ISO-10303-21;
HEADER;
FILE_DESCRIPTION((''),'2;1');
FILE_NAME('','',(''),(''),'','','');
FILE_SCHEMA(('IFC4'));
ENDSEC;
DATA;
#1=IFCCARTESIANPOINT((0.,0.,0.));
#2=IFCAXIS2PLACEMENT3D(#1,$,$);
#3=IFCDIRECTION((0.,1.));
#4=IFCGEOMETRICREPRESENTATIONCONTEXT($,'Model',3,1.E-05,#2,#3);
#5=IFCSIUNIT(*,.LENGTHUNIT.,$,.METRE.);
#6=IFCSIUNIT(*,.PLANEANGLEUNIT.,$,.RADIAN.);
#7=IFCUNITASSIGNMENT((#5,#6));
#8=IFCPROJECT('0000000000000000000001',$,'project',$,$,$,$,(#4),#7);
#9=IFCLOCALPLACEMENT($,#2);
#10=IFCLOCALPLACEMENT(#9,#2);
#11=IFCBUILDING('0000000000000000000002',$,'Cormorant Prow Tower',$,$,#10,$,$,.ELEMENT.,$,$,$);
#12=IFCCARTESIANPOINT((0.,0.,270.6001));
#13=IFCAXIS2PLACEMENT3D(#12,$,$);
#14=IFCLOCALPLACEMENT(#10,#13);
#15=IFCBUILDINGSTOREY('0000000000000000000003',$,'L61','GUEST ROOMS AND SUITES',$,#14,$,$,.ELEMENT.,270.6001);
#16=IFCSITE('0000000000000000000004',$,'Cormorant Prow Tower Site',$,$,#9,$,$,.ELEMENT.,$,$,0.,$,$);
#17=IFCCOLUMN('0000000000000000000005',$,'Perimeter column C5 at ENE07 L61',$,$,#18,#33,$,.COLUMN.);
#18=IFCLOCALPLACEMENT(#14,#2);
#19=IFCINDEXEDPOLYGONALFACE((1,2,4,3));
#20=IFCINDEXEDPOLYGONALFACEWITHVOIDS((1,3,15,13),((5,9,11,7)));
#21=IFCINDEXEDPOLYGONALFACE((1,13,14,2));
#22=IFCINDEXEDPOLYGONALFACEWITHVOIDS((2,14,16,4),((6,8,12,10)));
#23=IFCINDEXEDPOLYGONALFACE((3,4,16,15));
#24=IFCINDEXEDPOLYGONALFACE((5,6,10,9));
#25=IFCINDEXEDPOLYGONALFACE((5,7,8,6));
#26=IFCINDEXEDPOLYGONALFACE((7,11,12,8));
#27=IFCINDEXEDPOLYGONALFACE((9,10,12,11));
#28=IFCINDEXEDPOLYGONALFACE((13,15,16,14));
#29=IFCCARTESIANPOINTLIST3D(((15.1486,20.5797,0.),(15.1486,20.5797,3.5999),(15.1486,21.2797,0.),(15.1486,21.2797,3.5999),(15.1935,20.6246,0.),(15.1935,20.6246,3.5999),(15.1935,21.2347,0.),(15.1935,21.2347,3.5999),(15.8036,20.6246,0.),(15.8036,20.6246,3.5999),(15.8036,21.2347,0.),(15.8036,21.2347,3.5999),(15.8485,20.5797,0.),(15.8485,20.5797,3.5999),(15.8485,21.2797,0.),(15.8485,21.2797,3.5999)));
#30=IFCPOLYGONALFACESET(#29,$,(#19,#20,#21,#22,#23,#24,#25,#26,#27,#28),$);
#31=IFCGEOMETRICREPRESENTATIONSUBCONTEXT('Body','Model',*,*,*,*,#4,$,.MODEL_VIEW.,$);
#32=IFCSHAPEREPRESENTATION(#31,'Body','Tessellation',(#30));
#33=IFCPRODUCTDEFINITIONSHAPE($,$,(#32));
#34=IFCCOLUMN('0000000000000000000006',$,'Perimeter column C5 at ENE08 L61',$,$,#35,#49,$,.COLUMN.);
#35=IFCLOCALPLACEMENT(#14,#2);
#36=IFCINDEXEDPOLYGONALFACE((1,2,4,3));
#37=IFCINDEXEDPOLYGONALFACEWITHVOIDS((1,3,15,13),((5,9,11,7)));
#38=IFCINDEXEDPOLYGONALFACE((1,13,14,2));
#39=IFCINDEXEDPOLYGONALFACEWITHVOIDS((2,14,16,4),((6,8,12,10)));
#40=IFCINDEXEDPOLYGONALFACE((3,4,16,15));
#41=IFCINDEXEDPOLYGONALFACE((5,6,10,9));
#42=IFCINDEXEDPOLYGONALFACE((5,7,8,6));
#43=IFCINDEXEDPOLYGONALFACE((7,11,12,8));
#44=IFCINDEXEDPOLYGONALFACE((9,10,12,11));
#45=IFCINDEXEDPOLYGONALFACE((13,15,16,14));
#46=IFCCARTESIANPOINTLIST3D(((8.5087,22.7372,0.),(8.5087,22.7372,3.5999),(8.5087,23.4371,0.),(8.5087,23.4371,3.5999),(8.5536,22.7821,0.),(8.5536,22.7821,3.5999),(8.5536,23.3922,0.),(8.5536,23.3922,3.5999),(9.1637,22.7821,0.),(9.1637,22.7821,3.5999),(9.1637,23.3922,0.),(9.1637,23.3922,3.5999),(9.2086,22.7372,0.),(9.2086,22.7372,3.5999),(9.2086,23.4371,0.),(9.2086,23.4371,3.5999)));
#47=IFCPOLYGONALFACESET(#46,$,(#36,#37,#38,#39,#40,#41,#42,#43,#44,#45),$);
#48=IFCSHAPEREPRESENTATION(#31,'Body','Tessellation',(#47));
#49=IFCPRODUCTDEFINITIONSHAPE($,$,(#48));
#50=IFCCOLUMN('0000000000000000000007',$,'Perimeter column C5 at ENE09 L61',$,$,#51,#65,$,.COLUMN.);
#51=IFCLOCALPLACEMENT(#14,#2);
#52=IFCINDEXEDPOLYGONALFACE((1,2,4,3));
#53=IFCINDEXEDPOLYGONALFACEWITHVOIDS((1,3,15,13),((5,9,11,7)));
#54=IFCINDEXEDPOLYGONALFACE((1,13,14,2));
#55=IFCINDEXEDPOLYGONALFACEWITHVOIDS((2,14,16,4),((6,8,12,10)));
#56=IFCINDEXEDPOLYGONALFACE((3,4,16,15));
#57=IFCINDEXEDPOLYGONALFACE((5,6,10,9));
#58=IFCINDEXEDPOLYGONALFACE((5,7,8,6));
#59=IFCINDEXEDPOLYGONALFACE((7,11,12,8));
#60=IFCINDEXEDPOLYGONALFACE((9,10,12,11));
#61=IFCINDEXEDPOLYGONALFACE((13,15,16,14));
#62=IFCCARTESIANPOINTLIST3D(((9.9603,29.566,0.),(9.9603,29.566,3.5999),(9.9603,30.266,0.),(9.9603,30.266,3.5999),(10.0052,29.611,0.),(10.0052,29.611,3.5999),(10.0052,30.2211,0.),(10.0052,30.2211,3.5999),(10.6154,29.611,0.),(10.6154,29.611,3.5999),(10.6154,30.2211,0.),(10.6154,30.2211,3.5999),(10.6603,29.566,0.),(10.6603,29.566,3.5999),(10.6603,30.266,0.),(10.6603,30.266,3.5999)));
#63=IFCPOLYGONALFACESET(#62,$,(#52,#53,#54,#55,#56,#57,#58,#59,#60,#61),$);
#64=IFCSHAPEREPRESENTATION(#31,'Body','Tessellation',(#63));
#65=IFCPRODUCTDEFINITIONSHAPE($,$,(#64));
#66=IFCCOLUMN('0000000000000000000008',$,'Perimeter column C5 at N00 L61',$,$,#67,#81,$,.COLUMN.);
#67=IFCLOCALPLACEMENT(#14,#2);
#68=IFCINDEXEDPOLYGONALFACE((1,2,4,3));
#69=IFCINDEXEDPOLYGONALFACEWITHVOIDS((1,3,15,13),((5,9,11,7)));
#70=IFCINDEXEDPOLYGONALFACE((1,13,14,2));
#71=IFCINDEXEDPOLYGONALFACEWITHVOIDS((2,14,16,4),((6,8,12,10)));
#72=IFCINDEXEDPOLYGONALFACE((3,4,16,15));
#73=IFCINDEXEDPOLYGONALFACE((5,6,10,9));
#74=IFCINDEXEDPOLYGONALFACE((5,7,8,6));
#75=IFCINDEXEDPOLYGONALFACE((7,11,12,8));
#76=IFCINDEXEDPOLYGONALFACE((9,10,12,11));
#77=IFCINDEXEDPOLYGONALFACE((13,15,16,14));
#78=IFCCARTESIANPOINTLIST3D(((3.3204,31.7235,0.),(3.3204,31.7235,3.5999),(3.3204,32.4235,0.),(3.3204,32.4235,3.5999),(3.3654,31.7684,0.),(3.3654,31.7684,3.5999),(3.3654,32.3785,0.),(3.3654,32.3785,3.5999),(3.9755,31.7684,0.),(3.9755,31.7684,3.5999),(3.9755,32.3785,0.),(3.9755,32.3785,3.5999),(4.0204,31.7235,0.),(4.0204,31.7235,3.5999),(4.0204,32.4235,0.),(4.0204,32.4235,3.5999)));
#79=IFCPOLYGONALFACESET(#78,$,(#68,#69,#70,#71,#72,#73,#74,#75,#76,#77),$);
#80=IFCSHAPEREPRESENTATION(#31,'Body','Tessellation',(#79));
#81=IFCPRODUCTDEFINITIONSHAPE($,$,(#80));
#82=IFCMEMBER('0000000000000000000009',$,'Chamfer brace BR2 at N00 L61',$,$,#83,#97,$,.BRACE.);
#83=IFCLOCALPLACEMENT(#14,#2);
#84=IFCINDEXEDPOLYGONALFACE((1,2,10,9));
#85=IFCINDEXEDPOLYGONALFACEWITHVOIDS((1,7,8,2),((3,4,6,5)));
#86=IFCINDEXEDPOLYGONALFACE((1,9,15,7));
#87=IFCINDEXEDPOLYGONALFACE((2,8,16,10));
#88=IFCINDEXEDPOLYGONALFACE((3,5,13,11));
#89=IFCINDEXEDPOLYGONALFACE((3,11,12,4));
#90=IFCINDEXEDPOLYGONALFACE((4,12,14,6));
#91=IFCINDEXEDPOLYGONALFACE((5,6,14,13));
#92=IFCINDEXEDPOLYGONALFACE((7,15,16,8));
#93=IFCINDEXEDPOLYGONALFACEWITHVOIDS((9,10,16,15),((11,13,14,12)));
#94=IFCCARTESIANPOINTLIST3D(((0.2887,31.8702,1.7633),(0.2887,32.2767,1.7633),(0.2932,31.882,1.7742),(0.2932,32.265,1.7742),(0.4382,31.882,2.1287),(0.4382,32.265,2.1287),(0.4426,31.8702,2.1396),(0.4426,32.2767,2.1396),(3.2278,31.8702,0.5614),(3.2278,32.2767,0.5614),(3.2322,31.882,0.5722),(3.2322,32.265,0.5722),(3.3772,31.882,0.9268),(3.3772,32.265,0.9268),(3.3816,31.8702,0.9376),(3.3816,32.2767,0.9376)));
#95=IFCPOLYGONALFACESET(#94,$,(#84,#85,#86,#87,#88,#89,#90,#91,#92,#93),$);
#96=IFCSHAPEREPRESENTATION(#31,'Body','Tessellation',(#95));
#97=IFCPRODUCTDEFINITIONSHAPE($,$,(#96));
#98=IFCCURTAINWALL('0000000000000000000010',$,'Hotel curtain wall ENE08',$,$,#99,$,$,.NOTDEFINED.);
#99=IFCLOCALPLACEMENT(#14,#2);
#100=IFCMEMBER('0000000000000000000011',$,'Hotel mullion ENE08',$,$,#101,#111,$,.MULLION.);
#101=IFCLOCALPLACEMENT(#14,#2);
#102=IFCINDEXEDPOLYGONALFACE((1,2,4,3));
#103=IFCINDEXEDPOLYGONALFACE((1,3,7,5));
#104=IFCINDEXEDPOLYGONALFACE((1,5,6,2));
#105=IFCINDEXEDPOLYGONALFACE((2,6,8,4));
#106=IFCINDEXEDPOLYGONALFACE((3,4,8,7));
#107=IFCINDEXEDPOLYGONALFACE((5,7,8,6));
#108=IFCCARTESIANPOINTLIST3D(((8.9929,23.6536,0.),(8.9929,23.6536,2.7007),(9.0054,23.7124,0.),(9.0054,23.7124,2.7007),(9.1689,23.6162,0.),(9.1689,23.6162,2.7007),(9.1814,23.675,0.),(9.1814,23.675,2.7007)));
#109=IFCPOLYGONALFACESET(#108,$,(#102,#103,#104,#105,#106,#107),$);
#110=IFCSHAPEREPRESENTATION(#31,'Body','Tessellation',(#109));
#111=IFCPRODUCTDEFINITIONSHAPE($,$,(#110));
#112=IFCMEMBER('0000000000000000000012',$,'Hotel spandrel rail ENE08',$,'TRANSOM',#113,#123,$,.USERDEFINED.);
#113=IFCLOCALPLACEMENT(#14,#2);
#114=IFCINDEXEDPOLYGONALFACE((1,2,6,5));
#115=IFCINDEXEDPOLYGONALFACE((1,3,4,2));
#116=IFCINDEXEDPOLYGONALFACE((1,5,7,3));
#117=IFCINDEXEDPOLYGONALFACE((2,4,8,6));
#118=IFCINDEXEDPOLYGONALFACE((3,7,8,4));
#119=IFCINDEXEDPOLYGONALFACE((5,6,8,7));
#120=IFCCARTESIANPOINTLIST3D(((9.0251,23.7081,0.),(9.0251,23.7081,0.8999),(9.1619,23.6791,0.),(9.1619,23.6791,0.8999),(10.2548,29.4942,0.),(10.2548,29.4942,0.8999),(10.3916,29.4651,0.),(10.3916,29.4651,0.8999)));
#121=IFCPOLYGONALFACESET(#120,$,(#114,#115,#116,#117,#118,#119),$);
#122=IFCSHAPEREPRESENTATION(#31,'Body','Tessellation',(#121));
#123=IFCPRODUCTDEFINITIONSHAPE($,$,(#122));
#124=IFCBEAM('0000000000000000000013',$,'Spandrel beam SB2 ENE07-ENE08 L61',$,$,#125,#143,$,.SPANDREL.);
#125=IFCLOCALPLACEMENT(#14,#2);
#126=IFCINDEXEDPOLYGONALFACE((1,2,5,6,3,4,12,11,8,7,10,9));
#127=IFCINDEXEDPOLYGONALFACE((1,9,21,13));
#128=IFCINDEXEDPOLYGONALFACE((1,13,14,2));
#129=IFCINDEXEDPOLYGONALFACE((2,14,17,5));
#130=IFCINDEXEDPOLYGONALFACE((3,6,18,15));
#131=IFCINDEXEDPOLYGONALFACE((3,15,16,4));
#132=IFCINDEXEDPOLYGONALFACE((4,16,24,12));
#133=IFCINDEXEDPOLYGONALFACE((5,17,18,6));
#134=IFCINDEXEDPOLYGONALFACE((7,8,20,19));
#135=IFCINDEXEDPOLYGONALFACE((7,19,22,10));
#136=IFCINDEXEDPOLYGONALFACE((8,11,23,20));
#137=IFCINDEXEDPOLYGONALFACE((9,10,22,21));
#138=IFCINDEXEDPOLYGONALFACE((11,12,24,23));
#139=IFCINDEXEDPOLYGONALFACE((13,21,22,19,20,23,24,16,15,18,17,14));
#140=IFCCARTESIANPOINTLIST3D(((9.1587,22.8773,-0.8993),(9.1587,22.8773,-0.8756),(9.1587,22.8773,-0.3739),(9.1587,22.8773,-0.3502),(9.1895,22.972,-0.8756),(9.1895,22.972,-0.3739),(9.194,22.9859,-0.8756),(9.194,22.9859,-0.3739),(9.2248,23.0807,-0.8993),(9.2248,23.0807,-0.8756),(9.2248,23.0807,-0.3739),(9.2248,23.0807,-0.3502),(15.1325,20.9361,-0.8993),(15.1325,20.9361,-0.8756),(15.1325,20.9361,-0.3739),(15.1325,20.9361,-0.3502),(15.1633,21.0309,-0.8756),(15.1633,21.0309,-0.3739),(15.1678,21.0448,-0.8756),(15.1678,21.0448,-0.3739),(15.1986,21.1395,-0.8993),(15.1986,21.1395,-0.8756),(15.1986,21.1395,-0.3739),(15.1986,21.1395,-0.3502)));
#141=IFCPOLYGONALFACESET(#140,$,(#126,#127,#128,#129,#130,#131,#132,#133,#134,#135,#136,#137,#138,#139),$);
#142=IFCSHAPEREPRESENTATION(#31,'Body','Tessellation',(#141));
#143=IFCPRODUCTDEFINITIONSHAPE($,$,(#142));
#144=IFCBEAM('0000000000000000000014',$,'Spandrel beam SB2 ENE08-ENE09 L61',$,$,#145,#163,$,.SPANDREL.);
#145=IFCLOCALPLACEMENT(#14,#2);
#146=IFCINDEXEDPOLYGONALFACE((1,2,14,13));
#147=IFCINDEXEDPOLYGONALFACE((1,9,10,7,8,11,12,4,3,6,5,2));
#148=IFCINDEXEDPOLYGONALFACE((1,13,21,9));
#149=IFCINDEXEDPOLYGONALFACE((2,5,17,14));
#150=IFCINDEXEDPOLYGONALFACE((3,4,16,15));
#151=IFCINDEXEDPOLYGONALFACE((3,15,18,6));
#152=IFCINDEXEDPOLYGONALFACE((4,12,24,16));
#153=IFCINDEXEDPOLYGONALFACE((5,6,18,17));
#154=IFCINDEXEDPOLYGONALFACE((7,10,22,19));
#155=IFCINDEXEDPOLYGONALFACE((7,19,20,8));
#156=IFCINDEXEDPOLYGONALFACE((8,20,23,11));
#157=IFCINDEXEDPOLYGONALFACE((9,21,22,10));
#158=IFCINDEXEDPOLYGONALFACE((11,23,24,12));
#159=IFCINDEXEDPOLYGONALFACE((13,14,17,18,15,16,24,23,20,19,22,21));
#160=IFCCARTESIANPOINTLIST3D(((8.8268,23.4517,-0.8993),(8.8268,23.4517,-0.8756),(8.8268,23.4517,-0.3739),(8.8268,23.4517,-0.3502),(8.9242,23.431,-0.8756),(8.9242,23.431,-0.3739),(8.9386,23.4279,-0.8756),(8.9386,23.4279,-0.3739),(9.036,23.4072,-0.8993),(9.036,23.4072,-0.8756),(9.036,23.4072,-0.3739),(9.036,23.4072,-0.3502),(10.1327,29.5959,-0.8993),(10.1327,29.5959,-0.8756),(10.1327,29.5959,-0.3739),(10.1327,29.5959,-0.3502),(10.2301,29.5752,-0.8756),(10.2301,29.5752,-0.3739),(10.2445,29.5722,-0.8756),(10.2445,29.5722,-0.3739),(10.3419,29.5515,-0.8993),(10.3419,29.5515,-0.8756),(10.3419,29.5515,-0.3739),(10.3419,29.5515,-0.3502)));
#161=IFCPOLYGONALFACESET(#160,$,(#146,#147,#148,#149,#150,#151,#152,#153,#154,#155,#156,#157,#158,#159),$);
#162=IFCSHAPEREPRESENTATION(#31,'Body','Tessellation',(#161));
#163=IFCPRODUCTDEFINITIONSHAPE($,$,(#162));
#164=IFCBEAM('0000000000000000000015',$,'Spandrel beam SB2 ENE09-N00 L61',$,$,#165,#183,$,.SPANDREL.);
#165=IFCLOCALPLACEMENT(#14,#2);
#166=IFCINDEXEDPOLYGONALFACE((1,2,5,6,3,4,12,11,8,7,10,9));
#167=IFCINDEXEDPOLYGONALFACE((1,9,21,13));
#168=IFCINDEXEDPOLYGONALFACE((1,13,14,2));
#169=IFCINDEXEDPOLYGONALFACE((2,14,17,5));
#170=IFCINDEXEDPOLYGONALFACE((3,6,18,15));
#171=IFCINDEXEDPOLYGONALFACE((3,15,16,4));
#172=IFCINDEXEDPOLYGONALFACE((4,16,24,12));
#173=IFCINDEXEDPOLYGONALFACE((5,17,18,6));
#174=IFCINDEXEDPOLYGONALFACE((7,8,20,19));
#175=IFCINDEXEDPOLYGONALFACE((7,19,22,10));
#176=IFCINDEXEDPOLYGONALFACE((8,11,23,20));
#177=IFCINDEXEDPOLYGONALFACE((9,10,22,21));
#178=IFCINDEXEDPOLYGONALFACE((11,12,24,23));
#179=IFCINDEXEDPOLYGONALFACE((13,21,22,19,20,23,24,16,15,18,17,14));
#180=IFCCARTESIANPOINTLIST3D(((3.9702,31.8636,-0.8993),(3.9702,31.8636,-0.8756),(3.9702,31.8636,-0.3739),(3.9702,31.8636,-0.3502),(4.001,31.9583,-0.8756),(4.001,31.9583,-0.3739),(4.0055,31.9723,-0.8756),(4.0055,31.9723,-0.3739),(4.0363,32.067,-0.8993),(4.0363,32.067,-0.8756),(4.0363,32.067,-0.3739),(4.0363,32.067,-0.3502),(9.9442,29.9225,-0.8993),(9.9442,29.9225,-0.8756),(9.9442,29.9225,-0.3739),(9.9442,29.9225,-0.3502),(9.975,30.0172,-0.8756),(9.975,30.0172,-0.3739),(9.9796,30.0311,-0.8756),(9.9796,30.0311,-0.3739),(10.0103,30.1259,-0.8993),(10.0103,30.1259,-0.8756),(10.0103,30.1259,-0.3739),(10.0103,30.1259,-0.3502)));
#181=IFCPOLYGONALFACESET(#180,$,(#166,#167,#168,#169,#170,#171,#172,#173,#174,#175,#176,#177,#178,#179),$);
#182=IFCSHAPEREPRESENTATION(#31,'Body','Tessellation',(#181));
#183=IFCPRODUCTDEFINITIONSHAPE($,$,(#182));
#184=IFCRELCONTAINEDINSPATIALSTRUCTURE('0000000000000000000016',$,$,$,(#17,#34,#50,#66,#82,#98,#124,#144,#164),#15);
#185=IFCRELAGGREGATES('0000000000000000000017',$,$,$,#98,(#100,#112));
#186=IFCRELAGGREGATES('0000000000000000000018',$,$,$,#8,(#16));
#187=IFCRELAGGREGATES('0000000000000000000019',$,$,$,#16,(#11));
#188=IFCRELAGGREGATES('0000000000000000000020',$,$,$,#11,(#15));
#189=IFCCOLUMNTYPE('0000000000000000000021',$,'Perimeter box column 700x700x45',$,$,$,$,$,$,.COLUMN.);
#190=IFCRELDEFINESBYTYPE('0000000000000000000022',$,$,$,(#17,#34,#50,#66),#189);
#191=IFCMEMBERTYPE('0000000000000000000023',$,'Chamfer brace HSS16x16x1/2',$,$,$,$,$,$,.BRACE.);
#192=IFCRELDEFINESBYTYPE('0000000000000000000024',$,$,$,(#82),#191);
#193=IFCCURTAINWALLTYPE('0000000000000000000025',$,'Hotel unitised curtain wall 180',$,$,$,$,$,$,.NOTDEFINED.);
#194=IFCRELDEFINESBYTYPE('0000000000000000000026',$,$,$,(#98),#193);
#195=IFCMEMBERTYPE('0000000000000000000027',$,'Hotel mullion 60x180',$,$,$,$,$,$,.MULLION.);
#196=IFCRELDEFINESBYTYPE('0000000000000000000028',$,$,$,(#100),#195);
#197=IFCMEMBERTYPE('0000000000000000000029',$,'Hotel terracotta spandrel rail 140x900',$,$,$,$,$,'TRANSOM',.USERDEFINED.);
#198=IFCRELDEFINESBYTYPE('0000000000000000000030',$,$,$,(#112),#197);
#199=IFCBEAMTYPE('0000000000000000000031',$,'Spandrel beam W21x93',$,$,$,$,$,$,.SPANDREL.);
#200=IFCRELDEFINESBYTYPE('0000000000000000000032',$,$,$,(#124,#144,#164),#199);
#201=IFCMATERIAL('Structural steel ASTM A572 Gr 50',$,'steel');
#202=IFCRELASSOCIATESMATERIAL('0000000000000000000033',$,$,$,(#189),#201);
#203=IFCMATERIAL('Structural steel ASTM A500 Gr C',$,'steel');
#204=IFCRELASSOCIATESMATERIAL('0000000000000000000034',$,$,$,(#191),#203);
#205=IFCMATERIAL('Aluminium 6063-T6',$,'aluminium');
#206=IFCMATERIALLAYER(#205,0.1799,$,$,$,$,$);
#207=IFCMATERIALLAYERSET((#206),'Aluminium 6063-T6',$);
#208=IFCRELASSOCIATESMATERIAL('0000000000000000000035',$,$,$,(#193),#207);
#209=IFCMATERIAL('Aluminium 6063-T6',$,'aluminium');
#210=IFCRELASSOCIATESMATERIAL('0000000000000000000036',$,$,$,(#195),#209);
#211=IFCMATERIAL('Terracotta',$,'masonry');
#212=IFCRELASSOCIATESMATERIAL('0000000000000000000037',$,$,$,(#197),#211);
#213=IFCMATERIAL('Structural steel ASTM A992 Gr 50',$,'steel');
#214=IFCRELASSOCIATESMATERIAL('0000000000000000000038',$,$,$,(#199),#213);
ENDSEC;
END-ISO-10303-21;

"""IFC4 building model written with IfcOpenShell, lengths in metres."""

from ifc_helpers import new_model, si_unit, direction, frame, origin, origin_2d, place, context, subcontext, project, spatial, rectangle, hollow_rectangle, i_section, extrude, material, layer, layer_set, material_profile, profile_set, type_object, element, aggregate, save


model = new_model("IFC4")

# Units and contexts
model_context = context("Model", 3, precision=1e-05, world=origin(), true_north=direction((0.0, 1.0)))
body_context = subcontext(model_context, "Body", "Model", "MODEL_VIEW")
ifc_project = project(units=[si_unit("LENGTHUNIT", "METRE"), si_unit("PLANEANGLEUNIT", "RADIAN")], contexts=[model_context])

# Site, building, storey
site_placement = place(None, origin())
site = spatial("IfcSite", under=ifc_project, at=site_placement, Name="Cormorant Prow Tower Site", CompositionType="ELEMENT", RefElevation=0.0)
building_placement = place(site_placement, origin())
building = spatial("IfcBuilding", under=site, at=building_placement, Name="Cormorant Prow Tower", CompositionType="ELEMENT")
storey_placement = place(building_placement, frame((0.0, 0.0, 270.6001)))
storey = spatial("IfcBuildingStorey", under=building, at=storey_placement, Name="L61", Description="GUEST ROOMS AND SUITES", CompositionType="ELEMENT", Elevation=270.6001)

# Columns
ifc_material_1 = material(Name="Structural steel ASTM A572 Gr 50", Category="steel")
ifc_material_profile_1 = material_profile(ifc_material_1, hollow_rectangle(XDim=0.7, YDim=0.7, WallThickness=0.0449, at=origin_2d()), Name="Box 700x700x45")
ifc_profile_set_1 = profile_set([ifc_material_profile_1], Name="Structural steel ASTM A572 Gr 50")
column_type = type_object("IfcColumnType", Name="Perimeter box column 700x700x45", PredefinedType="COLUMN", material=ifc_profile_set_1)
for number, where, z_axis, x_axis, name in (
    (1, (15.4985, 20.9297, 0.0), (0.0, 0.0, 1.0), (1.0, 0.0, 0.0), "Perimeter column C5 at ENE07 L61"),
    (2, (8.8586, 23.0872, 0.0), (0.0, 0.0, 1.0), (1.0, 0.0, 0.0), "Perimeter column C5 at ENE08 L61"),
    (3, (10.3103, 29.916, 0.0), (0.0, 0.0, 1.0), (1.0, 0.0, 0.0), "Perimeter column C5 at ENE09 L61"),
    (4, (3.6704, 32.0735, 0.0), (0.0, 0.0, 1.0), (1.0, 0.0, 0.0), "Perimeter column C5 at N00 L61"),
):
    element("IfcColumn", number, at=place(storey_placement, frame(where, z_axis=z_axis, x_axis=x_axis)), inside=storey, type_object=column_type, Name=name, PredefinedType="COLUMN", context=body_context, shape_type="SweptSolid", body=[
        extrude(hollow_rectangle(XDim=0.7, YDim=0.7, WallThickness=0.0449, at=origin_2d()), origin(), (0.0, 0.0, 1.0), 3.5999),
    ])

# Member
ifc_material_2 = material(Name="Structural steel ASTM A500 Gr C", Category="steel")
ifc_material_profile_2 = material_profile(ifc_material_2, hollow_rectangle(XDim=0.4065, YDim=0.4065, WallThickness=0.0117, at=origin_2d()), Name="HSS16x16x1/2")
ifc_profile_set_2 = profile_set([ifc_material_profile_2], Name="Structural steel ASTM A500 Gr C")
member_type_1 = type_object("IfcMemberType", Name="Chamfer brace HSS16x16x1/2", PredefinedType="BRACE", material=ifc_profile_set_2)
member_1_placement = place(storey_placement, frame((3.3047, 32.0735, 0.7495), z_axis=(-0.925591, 0.0, 0.378525), x_axis=(0.0, -1.0, 0.0)))
element("IfcMember", 5, at=member_1_placement, inside=storey, type_object=member_type_1, Name="Chamfer brace BR2 at N00 L61", PredefinedType="BRACE", context=body_context, shape_type="SweptSolid", body=[
    extrude(hollow_rectangle(XDim=0.4065, YDim=0.4065, WallThickness=0.0117, at=origin_2d()), origin(), (0.0, 0.0, 1.0), 3.1753),
])

# Curtain wall, members
ifc_material_3 = material(Name="Aluminium 6063-T6", Category="aluminium")
ifc_layer_1 = layer(ifc_material_3, 0.1799)
ifc_layer_set_1 = layer_set([ifc_layer_1], Name="Aluminium 6063-T6")
curtain_wall_type = type_object("IfcCurtainWallType", Name="Hotel unitised curtain wall 180", PredefinedType="NOTDEFINED", material=ifc_layer_set_1)
curtain_wall_1_placement = place(storey_placement, origin())
curtain_wall_1 = element("IfcCurtainWall", 6, at=curtain_wall_1_placement, inside=storey, type_object=curtain_wall_type, Name="Hotel curtain wall ENE08", PredefinedType="NOTDEFINED")
ifc_material_4 = material(Name="Aluminium 6063-T6", Category="aluminium")
ifc_material_profile_3 = material_profile(ifc_material_4, rectangle(XDim=0.1799, YDim=0.0601, at=origin_2d()), Name="Hotel mullion 60x180")
ifc_profile_set_3 = profile_set([ifc_material_profile_3], Name="Aluminium 6063-T6")
member_type_2 = type_object("IfcMemberType", Name="Hotel mullion 60x180", PredefinedType="MULLION", material=ifc_profile_set_3)
member_2_placement = place(storey_placement, frame((9.0872, 23.6643, 0.0), z_axis=(0.0, 0.0, 1.0), x_axis=(-0.978148, 0.207912, 0.0)))
member_2 = element("IfcMember", 7, at=member_2_placement, type_object=member_type_2, Name="Hotel mullion ENE08", PredefinedType="MULLION", context=body_context, shape_type="SweptSolid", body=[
    extrude(rectangle(XDim=0.1799, YDim=0.0601, at=origin_2d()), origin(), (0.0, 0.0, 1.0), 2.7007),
])
ifc_material_5 = material(Name="Terracotta", Category="masonry")
ifc_material_profile_4 = material_profile(ifc_material_5, rectangle(XDim=0.1399, YDim=0.8999, at=origin_2d()), Name="Hotel terracotta spandrel rail 140x900")
ifc_profile_set_4 = profile_set([ifc_material_profile_4], Name="Terracotta")
member_type_3 = type_object("IfcMemberType", Name="Hotel terracotta spandrel rail 140x900", ElementType="TRANSOM", PredefinedType="USERDEFINED", material=ifc_profile_set_4)
member_3_placement = place(storey_placement, frame((9.0935, 23.6936, 0.45), z_axis=(0.207888, 0.978153, 0.0), x_axis=(-0.978153, 0.207888, 0.0)))
member_3 = element("IfcMember", 8, at=member_3_placement, type_object=member_type_3, Name="Hotel spandrel rail ENE08", ObjectType="TRANSOM", PredefinedType="USERDEFINED", context=body_context, shape_type="SweptSolid", body=[
    extrude(rectangle(XDim=0.1399, YDim=0.8999, at=origin_2d()), origin(), (0.0, 0.0, 1.0), 5.9153),
])

# Beams
ifc_material_6 = material(Name="Structural steel ASTM A992 Gr 50", Category="steel")
ifc_material_profile_5 = material_profile(ifc_material_6, i_section(OverallWidth=0.2139, OverallDepth=0.5491, WebThickness=0.0146, FlangeThickness=0.0237, at=origin_2d()), Name="W21x93")
ifc_profile_set_5 = profile_set([ifc_material_profile_5], Name="Structural steel ASTM A992 Gr 50")
beam_type = type_object("IfcBeamType", Name="Spandrel beam W21x93", PredefinedType="SPANDREL", material=ifc_profile_set_5)
beam_1_placement = place(storey_placement, frame((15.1655, 21.0378, -0.6248), z_axis=(-0.95105, 0.309036, 0.0), x_axis=(-0.309036, -0.95105, 0.0)))
element("IfcBeam", 9, at=beam_1_placement, inside=storey, type_object=beam_type, Name="Spandrel beam SB2 ENE07-ENE08 L61", PredefinedType="SPANDREL", context=body_context, shape_type="SweptSolid", body=[
    extrude(i_section(OverallWidth=0.2139, OverallDepth=0.5491, WebThickness=0.0146, FlangeThickness=0.0237, at=origin_2d()), origin(), (0.0, 0.0, 1.0), 6.2812),
])
for number, where, z_axis, x_axis, name in (
    (10, (8.9314, 23.4294, -0.6248), (0.207896, 0.978151, 0.0), (-0.978151, 0.207896, 0.0), "Spandrel beam SB2 ENE08-ENE09 L61"),
    (11, (9.9773, 30.0242, -0.6248), (-0.951054, 0.309025, 0.0), (-0.309025, -0.951054, 0.0), "Spandrel beam SB2 ENE09-N00 L61"),
):
    element("IfcBeam", number, at=place(storey_placement, frame(where, z_axis=z_axis, x_axis=x_axis)), inside=storey, type_object=beam_type, Name=name, PredefinedType="SPANDREL", context=body_context, shape_type="SweptSolid", body=[
        extrude(i_section(OverallWidth=0.2139, OverallDepth=0.5491, WebThickness=0.0146, FlangeThickness=0.0237, at=origin_2d()), origin(), (0.0, 0.0, 1.0), 6.2815),
    ])

aggregate(curtain_wall_1, [member_2, member_3])

save(model, "model.ifc")
